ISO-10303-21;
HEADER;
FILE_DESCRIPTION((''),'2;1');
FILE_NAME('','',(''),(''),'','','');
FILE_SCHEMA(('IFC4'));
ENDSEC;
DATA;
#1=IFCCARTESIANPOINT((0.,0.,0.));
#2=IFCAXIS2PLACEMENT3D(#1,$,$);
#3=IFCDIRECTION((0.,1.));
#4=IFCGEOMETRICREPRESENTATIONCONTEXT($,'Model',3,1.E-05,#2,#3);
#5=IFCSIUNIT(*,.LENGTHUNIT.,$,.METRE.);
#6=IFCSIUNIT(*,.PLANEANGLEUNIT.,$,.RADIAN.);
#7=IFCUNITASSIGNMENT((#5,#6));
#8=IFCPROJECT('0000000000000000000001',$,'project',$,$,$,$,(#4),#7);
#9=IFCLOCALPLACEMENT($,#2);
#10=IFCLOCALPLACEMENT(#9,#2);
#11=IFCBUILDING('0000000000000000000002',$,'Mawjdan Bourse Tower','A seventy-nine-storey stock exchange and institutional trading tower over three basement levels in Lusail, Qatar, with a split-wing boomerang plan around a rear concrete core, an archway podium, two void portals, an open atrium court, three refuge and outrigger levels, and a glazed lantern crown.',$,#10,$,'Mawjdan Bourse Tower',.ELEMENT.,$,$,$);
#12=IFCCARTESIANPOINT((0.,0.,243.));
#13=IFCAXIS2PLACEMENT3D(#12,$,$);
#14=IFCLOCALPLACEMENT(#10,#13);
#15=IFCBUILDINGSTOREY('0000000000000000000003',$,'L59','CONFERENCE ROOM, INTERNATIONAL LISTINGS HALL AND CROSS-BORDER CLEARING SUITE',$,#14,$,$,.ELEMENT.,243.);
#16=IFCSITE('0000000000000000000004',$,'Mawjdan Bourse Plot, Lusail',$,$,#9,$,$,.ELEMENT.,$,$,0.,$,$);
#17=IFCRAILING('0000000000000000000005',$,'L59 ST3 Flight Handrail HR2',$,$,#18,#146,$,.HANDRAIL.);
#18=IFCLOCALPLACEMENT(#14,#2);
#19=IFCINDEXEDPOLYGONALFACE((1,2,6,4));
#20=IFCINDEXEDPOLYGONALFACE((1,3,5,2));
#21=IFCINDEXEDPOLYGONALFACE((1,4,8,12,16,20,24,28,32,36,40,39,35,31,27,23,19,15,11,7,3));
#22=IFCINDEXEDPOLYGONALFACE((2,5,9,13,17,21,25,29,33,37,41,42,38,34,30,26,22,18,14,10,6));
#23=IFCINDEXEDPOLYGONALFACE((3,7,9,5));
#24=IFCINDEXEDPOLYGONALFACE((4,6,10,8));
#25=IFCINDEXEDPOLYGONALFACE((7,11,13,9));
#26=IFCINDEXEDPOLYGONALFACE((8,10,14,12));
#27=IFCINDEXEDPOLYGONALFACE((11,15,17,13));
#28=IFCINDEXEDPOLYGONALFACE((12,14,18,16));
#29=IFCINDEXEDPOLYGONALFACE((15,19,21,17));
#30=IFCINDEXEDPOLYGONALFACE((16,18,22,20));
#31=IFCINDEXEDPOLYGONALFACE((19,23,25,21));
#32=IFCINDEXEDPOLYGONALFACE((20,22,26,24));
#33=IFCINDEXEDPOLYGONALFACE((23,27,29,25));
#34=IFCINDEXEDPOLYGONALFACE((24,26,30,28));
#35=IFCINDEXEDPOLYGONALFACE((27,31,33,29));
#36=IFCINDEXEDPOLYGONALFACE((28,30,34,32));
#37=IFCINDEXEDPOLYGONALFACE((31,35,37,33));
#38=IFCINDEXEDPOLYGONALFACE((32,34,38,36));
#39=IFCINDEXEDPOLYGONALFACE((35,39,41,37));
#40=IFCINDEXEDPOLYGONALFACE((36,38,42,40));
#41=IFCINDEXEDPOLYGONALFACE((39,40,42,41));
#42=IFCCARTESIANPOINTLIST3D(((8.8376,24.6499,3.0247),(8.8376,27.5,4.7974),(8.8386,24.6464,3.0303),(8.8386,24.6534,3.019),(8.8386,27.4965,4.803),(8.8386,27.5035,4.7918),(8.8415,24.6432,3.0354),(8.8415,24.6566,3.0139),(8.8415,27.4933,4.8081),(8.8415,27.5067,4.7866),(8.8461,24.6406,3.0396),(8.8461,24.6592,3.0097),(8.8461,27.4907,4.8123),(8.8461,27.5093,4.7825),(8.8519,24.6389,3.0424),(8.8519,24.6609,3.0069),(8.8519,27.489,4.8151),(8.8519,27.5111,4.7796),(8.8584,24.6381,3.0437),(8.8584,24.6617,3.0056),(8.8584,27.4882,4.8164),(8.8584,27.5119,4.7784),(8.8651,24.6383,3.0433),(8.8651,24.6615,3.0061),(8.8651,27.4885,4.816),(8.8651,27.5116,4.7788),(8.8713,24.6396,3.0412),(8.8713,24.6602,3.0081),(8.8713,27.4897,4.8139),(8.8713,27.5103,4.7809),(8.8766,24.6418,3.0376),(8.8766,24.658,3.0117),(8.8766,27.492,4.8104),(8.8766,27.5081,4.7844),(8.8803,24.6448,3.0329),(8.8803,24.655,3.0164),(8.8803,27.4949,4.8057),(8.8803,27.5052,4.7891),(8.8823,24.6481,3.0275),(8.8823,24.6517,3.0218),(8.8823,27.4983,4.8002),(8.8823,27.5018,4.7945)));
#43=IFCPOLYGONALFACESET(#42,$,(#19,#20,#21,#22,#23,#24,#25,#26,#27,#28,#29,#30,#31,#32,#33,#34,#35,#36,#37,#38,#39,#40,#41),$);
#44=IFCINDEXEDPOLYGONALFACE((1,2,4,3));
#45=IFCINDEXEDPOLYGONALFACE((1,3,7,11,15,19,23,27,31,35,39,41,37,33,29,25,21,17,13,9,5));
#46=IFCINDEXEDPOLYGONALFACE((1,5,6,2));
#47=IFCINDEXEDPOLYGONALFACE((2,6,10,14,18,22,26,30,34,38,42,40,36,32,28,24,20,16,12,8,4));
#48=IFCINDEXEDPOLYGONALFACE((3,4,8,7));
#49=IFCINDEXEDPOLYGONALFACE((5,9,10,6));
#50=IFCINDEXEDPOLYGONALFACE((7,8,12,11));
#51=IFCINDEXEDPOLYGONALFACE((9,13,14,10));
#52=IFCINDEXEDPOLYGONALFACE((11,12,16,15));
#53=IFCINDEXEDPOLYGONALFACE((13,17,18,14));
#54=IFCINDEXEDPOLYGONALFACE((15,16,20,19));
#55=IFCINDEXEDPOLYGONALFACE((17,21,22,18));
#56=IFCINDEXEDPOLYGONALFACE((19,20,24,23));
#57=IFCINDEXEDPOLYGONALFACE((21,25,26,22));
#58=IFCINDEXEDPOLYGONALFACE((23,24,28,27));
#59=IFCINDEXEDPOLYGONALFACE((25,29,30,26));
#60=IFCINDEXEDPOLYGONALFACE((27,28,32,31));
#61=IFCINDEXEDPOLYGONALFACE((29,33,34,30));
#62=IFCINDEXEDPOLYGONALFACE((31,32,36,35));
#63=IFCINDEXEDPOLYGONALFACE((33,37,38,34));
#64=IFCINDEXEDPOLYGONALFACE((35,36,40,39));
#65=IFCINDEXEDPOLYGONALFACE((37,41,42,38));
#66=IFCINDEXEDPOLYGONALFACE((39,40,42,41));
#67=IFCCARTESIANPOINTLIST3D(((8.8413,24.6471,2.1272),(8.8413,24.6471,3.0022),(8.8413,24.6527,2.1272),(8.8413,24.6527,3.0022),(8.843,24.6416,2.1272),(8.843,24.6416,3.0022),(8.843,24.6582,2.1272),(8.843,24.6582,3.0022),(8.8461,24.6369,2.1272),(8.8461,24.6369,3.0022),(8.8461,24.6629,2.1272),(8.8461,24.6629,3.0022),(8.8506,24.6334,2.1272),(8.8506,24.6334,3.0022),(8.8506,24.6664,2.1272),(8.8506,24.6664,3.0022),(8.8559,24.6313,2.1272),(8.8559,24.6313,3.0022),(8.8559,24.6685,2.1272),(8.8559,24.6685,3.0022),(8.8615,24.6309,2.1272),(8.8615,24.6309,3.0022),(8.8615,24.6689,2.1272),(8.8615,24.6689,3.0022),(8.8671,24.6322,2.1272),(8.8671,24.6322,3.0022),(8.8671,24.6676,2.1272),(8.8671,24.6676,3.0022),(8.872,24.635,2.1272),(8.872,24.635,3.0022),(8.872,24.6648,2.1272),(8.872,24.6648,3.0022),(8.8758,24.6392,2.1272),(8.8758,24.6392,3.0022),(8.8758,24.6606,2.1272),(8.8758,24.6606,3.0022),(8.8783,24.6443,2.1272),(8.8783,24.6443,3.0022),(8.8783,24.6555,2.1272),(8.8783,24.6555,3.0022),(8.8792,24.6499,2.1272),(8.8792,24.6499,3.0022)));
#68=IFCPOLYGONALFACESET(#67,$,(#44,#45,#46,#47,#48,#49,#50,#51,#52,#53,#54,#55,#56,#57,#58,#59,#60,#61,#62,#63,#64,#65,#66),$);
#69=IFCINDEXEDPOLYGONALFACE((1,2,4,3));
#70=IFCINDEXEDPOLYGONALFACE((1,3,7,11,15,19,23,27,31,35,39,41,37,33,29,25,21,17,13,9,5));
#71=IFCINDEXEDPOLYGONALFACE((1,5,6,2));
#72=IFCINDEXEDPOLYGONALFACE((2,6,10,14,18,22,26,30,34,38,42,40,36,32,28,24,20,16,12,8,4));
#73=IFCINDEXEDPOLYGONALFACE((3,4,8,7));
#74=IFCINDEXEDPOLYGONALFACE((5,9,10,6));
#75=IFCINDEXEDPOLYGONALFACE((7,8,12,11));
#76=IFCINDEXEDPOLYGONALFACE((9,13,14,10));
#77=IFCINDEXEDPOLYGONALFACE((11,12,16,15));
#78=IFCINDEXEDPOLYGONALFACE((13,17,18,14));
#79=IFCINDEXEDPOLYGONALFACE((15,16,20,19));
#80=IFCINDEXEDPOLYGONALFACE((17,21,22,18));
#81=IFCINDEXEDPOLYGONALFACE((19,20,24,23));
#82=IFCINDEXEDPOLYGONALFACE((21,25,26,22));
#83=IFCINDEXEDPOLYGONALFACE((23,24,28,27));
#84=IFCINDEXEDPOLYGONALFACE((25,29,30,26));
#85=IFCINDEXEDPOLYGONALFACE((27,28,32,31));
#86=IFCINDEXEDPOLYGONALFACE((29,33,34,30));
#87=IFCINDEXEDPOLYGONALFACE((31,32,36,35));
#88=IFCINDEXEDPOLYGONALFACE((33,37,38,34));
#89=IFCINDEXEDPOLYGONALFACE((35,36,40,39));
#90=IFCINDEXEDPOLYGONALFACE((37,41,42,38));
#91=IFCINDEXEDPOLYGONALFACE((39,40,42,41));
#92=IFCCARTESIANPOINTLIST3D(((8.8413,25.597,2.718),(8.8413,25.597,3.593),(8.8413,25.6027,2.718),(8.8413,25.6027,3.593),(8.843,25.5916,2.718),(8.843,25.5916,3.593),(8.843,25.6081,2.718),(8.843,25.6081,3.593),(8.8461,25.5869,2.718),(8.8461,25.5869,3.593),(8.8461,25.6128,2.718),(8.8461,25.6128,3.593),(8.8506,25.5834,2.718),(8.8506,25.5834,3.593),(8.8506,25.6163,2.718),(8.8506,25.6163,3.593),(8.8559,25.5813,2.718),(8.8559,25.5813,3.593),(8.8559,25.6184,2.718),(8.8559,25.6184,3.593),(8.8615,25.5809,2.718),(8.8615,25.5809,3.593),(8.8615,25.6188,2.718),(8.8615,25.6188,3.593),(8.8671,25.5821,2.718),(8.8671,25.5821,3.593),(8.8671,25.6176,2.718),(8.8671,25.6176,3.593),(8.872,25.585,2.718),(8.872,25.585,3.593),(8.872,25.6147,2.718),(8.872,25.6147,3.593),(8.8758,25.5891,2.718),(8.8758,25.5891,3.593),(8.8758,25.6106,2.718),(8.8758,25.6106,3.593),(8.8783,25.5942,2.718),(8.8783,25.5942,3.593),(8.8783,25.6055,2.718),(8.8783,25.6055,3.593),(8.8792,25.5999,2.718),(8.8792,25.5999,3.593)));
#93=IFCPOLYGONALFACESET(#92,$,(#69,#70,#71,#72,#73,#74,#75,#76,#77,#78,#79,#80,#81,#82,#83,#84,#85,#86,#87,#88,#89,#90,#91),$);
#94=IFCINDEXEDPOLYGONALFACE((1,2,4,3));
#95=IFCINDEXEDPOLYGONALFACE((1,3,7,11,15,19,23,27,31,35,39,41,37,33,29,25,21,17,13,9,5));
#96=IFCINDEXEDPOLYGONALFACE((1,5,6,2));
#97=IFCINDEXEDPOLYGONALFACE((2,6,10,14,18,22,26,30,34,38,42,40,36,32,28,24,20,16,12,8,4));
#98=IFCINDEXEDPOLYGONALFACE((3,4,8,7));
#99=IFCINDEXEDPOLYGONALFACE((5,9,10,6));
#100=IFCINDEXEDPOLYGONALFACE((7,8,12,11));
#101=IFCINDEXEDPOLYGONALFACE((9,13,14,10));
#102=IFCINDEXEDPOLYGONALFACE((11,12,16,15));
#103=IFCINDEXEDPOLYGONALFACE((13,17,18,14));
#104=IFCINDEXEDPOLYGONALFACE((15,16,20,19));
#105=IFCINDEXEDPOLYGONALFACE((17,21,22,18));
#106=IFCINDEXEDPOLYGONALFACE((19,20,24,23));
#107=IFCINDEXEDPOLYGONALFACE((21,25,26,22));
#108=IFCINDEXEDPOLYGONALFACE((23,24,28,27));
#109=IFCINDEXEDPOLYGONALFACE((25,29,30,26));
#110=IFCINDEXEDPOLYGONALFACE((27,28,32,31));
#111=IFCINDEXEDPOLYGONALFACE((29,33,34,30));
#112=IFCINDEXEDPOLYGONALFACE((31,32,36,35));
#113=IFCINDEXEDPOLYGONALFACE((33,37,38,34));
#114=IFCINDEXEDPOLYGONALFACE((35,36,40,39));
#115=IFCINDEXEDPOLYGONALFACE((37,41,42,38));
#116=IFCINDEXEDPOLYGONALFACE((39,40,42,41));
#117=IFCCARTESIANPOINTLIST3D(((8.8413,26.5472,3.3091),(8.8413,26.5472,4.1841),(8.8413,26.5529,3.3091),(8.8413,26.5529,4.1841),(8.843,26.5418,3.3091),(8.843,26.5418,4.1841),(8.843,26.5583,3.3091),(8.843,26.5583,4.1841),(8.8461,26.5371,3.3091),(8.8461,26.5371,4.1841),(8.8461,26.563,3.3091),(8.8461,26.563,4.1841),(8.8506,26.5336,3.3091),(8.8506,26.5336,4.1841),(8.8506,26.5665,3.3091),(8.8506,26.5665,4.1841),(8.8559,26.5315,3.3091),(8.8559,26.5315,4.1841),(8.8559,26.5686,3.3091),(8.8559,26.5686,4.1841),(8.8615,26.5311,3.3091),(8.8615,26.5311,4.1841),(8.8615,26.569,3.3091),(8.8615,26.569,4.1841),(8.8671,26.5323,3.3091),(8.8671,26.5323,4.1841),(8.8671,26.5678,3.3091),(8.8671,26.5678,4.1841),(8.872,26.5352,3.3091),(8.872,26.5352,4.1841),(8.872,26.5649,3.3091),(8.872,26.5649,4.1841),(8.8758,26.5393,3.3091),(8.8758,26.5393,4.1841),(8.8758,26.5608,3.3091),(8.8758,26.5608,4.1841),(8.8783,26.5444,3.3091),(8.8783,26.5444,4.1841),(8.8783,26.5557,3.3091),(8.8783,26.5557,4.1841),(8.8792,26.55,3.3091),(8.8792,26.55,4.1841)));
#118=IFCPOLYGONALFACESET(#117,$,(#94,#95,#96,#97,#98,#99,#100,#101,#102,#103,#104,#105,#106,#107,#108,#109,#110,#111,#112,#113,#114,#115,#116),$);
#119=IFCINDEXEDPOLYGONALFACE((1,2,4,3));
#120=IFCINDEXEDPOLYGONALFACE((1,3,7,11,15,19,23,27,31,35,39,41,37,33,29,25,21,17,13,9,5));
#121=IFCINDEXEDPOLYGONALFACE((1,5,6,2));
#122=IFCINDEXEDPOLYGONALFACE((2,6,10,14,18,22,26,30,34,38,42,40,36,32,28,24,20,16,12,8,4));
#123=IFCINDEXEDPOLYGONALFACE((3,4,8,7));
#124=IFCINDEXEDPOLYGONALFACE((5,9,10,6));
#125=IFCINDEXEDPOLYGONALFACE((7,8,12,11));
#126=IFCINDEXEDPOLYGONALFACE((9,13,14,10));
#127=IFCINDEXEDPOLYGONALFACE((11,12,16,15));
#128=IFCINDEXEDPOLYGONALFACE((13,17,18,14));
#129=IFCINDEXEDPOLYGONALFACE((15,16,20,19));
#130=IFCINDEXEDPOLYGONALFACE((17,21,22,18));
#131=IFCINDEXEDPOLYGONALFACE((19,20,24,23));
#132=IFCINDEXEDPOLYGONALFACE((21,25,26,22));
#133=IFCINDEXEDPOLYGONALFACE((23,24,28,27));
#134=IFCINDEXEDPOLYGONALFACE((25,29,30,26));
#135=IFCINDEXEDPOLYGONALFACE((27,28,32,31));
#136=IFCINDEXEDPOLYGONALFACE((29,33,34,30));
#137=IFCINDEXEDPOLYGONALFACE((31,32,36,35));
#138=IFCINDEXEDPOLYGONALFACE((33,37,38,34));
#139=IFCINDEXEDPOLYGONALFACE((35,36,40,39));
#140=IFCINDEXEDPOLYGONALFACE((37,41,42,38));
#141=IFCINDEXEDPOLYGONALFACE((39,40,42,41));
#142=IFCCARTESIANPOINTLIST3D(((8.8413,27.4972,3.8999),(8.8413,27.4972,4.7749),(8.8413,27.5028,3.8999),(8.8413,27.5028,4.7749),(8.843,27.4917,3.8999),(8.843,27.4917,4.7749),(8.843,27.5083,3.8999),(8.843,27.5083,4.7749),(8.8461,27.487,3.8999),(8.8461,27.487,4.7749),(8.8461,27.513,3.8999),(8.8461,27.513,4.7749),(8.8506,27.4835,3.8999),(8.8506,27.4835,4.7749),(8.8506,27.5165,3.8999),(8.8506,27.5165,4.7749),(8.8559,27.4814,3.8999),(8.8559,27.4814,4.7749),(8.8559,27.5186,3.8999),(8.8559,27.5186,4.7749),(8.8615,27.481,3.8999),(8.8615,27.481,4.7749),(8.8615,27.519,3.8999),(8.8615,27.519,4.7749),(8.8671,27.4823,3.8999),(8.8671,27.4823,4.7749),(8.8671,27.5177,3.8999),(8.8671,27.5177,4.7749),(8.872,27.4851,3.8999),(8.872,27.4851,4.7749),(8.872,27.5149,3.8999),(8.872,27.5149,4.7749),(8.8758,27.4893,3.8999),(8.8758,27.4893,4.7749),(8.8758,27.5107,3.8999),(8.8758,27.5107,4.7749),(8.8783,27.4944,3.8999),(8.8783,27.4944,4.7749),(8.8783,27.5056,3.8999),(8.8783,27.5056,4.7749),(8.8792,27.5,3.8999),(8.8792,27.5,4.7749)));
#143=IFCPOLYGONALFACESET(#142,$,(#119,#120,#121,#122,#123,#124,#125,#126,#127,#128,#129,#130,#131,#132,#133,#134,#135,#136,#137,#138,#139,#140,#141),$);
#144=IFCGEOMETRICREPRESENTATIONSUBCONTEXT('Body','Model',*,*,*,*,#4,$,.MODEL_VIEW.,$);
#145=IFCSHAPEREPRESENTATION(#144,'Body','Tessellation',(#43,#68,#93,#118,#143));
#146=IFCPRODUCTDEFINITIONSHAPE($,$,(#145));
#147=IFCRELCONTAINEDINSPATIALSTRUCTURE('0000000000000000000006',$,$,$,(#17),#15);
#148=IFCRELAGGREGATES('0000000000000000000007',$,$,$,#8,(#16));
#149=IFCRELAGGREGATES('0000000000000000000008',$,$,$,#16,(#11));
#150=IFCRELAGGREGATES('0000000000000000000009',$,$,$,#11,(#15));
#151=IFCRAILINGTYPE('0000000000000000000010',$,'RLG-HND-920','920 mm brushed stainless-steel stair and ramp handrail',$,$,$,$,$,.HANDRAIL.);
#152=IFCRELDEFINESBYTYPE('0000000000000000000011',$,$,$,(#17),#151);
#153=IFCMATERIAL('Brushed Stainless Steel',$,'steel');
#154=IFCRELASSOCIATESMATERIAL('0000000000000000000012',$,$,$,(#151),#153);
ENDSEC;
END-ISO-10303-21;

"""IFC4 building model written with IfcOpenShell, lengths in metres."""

from ifc_helpers import new_model, si_unit, direction, frame, origin, origin_2d, place, context, subcontext, project, spatial, circle, extrude, material, type_object, element, save


model = new_model("IFC4")

# Units and contexts
model_context = context("Model", 3, precision=1e-05, world=origin(), true_north=direction((0.0, 1.0)))
body_context = subcontext(model_context, "Body", "Model", "MODEL_VIEW")
ifc_project = project(units=[si_unit("LENGTHUNIT", "METRE"), si_unit("PLANEANGLEUNIT", "RADIAN")], contexts=[model_context])

# Site, building, storey
site_placement = place(None, origin())
site = spatial("IfcSite", under=ifc_project, at=site_placement, Name="Mawjdan Bourse Plot, Lusail", CompositionType="ELEMENT", RefElevation=0.0)
building_placement = place(site_placement, origin())
building = spatial("IfcBuilding", under=site, at=building_placement, Name="Mawjdan Bourse Tower", Description="A seventy-nine-storey stock exchange and institutional trading tower over three basement levels in Lusail, Qatar, with a split-wing boomerang plan around a rear concrete core, an archway podium, two void portals, an open atrium court, three refuge and outrigger levels, and a glazed lantern crown.", LongName="Mawjdan Bourse Tower", CompositionType="ELEMENT")
storey_placement = place(building_placement, frame((0.0, 0.0, 243.0)))
storey = spatial("IfcBuildingStorey", under=building, at=storey_placement, Name="L59", Description="CONFERENCE ROOM, INTERNATIONAL LISTINGS HALL AND CROSS-BORDER CLEARING SUITE", CompositionType="ELEMENT", Elevation=243.0)

# Railing
ifc_material_1 = material(Name="Brushed Stainless Steel", Category="steel")
railing_type_1 = type_object("IfcRailingType", Name="RLG-HND-920", Description="920 mm brushed stainless-steel stair and ramp handrail", PredefinedType="HANDRAIL", material=ifc_material_1)
railing_1_placement = place(storey_placement, frame((8.8601, 24.6499, 2.1272)))
element("IfcRailing", 1, at=railing_1_placement, inside=storey, type_object=railing_type_1, Name="L59 ST3 Flight Handrail HR2", PredefinedType="HANDRAIL", context=body_context, shape_type="SweptSolid", body=[
    extrude(circle(Radius=0.0225, at=origin_2d()), frame((0.0, 0.0, 0.8975), z_axis=(0.0, 0.849149, 0.528154), x_axis=(-1.0, 0.0, 0.0)), (0.0, 0.0, 1.0), 3.3564),
    extrude(circle(Radius=0.019, at=origin_2d()), origin(), (0.0, 0.0, 1.0), 0.875),
    extrude(circle(Radius=0.019, at=origin_2d()), frame((0.0, 0.95, 0.5908)), (0.0, 0.0, 1.0), 0.875),
    extrude(circle(Radius=0.019, at=origin_2d()), frame((0.0, 1.9001, 1.1819)), (0.0, 0.0, 1.0), 0.875),
    extrude(circle(Radius=0.019, at=origin_2d()), frame((0.0, 2.8501, 1.7727)), (0.0, 0.0, 1.0), 0.875),
])

save(model, "model.ifc")
